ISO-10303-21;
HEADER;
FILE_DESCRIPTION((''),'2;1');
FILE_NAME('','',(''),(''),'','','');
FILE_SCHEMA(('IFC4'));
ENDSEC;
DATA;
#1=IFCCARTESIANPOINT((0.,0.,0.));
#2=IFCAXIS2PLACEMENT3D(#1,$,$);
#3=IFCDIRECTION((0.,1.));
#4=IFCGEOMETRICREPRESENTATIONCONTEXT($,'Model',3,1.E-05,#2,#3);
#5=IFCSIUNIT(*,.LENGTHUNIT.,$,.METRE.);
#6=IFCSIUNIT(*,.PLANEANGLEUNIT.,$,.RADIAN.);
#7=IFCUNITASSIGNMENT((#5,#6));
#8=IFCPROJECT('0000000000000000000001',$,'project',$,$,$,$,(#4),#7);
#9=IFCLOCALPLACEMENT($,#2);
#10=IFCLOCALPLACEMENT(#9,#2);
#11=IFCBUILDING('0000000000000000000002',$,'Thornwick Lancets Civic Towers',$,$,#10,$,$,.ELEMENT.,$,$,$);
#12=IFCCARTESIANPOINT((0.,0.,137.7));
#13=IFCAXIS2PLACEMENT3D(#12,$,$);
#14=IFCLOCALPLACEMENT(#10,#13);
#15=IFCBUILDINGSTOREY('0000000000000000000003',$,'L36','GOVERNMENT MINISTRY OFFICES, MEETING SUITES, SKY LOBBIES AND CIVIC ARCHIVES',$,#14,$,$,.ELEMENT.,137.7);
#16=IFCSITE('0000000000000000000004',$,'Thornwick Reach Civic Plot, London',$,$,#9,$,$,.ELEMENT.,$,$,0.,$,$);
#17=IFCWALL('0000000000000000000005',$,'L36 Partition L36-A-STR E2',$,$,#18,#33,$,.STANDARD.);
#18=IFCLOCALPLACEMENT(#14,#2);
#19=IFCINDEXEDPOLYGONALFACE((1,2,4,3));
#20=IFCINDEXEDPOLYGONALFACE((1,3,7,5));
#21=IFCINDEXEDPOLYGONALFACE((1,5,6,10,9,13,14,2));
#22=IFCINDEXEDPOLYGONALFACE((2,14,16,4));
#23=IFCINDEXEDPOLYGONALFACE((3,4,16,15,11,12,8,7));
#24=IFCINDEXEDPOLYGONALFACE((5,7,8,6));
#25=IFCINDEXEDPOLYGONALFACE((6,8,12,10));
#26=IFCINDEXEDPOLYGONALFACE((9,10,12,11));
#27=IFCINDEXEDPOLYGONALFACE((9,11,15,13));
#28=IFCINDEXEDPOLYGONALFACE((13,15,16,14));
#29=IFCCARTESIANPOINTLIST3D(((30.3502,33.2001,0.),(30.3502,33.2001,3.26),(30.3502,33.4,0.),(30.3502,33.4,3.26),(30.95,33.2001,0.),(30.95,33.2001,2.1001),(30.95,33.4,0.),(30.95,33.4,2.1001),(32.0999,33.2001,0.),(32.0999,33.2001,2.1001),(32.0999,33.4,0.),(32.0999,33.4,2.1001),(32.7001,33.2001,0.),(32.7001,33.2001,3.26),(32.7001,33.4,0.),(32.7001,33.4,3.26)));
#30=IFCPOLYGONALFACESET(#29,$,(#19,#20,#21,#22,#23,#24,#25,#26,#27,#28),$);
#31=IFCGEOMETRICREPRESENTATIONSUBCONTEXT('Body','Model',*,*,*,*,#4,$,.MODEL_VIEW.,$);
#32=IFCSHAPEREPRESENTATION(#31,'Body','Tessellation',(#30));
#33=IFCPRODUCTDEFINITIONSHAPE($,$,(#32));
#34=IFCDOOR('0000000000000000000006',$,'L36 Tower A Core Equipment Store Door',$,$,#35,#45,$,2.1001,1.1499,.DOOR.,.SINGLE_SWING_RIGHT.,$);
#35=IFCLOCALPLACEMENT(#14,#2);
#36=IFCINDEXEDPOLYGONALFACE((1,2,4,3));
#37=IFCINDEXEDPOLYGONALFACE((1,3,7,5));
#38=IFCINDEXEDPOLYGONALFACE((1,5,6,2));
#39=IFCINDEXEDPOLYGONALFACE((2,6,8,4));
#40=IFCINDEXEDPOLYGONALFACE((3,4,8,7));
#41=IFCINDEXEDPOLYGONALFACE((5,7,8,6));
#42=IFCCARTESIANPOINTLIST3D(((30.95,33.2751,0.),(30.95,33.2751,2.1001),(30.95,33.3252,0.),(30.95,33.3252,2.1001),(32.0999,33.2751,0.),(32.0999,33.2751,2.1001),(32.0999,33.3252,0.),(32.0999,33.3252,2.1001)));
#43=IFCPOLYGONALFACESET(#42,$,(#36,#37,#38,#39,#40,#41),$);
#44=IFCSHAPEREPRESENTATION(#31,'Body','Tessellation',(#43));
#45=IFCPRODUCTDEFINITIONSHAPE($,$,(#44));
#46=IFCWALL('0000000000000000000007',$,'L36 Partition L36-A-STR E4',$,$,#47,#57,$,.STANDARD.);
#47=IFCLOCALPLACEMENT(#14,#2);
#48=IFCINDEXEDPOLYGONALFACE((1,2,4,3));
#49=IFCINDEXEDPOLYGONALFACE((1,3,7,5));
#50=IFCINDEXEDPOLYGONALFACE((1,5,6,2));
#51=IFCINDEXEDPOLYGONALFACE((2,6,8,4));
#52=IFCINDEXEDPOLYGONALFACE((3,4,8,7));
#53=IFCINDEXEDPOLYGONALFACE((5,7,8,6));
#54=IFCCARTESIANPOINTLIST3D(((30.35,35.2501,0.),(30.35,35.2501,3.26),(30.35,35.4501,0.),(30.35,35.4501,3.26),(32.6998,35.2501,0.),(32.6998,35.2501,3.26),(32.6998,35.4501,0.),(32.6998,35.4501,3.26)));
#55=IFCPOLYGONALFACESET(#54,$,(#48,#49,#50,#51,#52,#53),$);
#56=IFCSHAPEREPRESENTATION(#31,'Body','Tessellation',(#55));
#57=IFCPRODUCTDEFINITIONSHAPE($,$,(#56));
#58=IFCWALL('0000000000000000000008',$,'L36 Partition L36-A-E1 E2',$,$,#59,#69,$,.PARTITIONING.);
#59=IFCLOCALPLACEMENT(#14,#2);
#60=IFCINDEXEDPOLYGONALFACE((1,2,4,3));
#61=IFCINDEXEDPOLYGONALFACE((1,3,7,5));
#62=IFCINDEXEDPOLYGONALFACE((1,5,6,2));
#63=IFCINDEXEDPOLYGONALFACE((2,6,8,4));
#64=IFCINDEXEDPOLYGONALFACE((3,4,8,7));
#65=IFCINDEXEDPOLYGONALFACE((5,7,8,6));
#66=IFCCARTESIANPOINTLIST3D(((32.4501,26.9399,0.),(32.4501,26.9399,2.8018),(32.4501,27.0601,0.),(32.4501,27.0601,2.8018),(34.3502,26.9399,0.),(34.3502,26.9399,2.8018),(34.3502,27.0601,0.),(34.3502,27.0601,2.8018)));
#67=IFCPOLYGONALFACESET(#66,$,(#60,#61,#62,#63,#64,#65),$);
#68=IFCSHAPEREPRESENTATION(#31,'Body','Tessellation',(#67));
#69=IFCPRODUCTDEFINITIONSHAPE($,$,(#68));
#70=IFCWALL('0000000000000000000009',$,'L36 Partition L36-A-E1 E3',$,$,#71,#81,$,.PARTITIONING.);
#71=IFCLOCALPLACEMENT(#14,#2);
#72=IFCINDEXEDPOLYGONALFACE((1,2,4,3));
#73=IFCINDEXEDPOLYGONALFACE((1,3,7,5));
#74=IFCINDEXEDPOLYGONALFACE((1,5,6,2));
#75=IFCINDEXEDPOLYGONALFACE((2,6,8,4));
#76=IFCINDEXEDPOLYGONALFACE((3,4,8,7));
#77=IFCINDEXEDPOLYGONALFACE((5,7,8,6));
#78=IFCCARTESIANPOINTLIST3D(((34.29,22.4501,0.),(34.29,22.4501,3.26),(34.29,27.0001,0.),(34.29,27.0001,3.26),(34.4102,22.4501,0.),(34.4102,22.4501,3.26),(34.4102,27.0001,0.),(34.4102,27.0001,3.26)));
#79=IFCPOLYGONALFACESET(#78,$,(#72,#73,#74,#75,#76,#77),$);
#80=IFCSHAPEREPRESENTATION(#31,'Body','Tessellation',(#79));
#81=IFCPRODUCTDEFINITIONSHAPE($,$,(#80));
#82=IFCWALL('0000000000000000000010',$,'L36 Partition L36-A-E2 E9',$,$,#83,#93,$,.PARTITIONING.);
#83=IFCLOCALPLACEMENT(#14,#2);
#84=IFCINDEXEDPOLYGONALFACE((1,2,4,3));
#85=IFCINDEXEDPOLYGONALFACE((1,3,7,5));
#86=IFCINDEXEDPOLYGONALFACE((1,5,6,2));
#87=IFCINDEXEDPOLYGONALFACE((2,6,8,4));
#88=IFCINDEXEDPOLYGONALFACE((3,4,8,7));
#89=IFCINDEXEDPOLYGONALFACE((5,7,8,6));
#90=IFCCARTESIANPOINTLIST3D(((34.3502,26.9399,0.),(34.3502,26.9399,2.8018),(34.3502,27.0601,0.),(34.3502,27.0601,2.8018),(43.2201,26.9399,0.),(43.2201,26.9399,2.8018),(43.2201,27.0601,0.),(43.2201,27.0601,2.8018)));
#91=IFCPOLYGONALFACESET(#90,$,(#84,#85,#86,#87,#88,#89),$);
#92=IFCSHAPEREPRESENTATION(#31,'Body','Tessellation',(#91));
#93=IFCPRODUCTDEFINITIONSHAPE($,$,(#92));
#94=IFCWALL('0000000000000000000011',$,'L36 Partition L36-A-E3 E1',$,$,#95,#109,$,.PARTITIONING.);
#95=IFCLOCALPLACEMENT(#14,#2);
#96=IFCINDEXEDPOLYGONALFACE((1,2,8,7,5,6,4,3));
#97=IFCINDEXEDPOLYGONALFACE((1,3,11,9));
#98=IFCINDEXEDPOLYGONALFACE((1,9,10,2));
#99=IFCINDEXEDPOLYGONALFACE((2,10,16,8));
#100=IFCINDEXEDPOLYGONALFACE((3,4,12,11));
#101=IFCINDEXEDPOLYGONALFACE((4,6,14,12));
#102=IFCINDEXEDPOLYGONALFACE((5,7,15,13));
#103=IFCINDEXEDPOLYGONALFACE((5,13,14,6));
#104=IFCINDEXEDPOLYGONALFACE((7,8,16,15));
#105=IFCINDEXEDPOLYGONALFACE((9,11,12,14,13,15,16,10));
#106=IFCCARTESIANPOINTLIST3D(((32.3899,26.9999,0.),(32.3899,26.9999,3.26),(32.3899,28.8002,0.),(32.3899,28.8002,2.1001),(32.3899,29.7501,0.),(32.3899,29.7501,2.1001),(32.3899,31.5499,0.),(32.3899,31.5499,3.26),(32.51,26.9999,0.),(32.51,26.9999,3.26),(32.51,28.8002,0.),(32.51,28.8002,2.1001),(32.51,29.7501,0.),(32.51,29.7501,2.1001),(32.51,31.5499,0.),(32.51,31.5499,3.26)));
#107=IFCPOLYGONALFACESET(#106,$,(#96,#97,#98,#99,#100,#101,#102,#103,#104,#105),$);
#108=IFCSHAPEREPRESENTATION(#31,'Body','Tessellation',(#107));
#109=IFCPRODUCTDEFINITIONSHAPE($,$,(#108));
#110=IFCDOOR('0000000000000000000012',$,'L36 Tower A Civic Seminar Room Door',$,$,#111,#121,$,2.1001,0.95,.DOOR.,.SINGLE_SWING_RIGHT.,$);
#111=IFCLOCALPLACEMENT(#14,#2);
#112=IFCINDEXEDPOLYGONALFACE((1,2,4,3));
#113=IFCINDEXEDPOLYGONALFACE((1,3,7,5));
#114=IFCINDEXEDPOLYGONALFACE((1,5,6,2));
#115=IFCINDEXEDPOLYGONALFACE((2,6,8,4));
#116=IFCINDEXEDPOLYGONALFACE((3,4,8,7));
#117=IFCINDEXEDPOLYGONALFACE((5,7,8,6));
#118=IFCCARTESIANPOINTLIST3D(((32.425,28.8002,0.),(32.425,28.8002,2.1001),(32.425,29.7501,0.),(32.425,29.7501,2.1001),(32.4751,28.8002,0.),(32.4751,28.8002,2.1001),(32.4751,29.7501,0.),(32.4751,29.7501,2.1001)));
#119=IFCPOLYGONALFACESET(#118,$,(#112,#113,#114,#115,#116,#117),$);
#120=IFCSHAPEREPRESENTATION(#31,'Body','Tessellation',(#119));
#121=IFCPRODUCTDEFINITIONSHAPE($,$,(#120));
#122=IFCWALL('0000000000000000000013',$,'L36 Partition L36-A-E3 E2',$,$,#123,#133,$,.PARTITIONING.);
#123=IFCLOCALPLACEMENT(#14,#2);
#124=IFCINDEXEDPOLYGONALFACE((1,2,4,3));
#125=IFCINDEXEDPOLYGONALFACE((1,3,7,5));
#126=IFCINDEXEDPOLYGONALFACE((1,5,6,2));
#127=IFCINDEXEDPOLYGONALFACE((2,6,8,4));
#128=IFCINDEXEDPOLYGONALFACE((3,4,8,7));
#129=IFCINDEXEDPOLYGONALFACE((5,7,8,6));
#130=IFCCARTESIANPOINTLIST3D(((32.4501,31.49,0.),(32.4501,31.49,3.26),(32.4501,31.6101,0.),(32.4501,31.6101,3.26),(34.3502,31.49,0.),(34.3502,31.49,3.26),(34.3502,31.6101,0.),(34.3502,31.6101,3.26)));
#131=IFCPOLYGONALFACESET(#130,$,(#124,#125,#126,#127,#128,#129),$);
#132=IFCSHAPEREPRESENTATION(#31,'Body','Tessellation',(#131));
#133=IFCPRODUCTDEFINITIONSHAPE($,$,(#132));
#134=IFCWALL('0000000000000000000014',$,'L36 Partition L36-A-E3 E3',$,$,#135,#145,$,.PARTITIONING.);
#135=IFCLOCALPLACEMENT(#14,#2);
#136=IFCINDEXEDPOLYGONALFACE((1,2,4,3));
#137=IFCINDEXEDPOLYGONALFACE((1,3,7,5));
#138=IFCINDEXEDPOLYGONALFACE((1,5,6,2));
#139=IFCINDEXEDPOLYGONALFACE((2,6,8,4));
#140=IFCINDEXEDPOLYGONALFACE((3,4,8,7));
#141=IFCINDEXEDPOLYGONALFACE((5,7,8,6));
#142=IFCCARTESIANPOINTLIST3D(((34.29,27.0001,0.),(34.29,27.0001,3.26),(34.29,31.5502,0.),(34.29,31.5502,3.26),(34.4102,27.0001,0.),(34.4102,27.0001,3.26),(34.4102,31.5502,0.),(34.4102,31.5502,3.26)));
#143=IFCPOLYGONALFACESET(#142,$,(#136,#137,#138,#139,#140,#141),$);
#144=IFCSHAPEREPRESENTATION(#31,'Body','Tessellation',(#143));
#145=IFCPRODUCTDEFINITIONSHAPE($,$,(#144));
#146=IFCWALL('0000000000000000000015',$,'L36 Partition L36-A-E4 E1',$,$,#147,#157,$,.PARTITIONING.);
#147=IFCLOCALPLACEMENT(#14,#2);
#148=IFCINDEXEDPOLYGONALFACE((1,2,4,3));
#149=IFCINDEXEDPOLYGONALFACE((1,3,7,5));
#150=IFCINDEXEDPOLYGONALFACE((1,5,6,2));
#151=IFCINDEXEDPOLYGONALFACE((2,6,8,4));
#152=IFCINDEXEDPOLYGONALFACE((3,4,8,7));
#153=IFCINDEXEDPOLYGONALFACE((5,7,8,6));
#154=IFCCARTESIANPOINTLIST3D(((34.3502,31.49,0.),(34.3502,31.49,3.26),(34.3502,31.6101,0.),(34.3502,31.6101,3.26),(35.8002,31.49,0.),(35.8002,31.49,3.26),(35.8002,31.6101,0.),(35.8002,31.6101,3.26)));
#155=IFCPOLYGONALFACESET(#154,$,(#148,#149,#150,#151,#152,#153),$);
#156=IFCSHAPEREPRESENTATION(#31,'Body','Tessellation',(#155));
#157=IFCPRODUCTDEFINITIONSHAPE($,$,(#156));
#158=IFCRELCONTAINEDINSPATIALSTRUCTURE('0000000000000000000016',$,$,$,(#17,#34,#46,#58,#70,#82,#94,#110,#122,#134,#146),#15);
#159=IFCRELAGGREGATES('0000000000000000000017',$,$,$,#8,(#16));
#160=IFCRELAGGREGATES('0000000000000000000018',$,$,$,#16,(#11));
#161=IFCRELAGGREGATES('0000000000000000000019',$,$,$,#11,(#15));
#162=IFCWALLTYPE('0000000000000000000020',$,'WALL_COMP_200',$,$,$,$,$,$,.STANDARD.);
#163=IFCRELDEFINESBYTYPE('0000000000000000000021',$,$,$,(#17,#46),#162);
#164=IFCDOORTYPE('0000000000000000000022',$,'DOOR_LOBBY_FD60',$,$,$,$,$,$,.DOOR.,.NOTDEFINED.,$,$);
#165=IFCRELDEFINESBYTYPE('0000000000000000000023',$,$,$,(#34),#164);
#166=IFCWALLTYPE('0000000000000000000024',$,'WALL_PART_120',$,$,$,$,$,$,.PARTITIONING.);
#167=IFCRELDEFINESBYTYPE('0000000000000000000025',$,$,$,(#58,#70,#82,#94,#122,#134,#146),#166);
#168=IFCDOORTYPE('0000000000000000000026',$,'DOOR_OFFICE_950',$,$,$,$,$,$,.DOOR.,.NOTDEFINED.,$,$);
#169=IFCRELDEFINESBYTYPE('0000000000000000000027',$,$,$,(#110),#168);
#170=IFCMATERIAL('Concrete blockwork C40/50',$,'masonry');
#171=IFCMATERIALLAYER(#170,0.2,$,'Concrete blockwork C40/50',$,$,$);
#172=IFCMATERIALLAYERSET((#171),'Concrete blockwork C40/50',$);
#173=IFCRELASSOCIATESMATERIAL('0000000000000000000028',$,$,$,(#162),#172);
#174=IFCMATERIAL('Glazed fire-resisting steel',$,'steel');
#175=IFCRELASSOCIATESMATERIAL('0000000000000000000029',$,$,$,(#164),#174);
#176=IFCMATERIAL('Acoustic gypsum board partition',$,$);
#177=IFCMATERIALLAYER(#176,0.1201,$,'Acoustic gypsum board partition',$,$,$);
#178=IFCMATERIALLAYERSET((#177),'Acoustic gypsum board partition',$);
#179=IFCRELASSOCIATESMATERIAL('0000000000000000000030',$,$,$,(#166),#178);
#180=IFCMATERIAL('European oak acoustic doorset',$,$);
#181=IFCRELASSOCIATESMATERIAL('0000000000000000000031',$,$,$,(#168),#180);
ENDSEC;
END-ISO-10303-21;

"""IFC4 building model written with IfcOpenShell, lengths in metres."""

from ifc_helpers import new_model, si_unit, direction, frame, frame_2d, origin, place, context, subcontext, project, spatial, rectangle, extrude, material, layer, layer_set, type_object, element, fill, save


model = new_model("IFC4")

# Units and contexts
model_context = context("Model", 3, precision=1e-05, world=origin(), true_north=direction((0.0, 1.0)))
body_context = subcontext(model_context, "Body", "Model", "MODEL_VIEW")
ifc_project = project(units=[si_unit("LENGTHUNIT", "METRE"), si_unit("PLANEANGLEUNIT", "RADIAN")], contexts=[model_context])

# Site, building, storey
site_placement = place(None, origin())
site = spatial("IfcSite", under=ifc_project, at=site_placement, Name="Thornwick Reach Civic Plot, London", CompositionType="ELEMENT", RefElevation=0.0)
building_placement = place(site_placement, origin())
building = spatial("IfcBuilding", under=site, at=building_placement, Name="Thornwick Lancets Civic Towers", CompositionType="ELEMENT")
storey_placement = place(building_placement, frame((0.0, 0.0, 137.7)))
storey = spatial("IfcBuildingStorey", under=building, at=storey_placement, Name="L36", Description="GOVERNMENT MINISTRY OFFICES, MEETING SUITES, SKY LOBBIES AND CIVIC ARCHIVES", CompositionType="ELEMENT", Elevation=137.7)

# Shared definitions
ifc_material_1 = material(Name="Concrete blockwork C40/50", Category="masonry")
ifc_layer_1 = layer(ifc_material_1, 0.2, Name="Concrete blockwork C40/50")
ifc_layer_set_1 = layer_set([ifc_layer_1], Name="Concrete blockwork C40/50")
wall_type_1 = type_object("IfcWallType", Name="WALL_COMP_200", PredefinedType="STANDARD", material=ifc_layer_set_1)
ifc_material_2 = material(Name="Glazed fire-resisting steel", Category="steel")
door_type_1 = type_object("IfcDoorType", Name="DOOR_LOBBY_FD60", OperationType="NOTDEFINED", PredefinedType="DOOR", material=ifc_material_2)

# Wall, opening, door
wall_1_placement = place(storey_placement, frame((32.7, 33.3, 0.0), z_axis=(0.0, 0.0, 1.0), x_axis=(-1.0, 0.0, 0.0)))
wall_1 = element("IfcWall", 1, at=wall_1_placement, inside=storey, type_object=wall_type_1, Name="L36 Partition L36-A-STR E2", PredefinedType="STANDARD", context=body_context, shape_type="SweptSolid", body=[
    extrude(rectangle(XDim=2.3499, YDim=0.2, at=frame_2d((1.1748, 0.0))), origin(), (0.0, 0.0, 1.0), 3.26),
])
opening_1_placement = place(wall_1_placement, frame((0.6001, 0.0, 0.0)))
opening_1 = element("IfcOpeningElement", 2, at=opening_1_placement, cuts=wall_1, PredefinedType="OPENING", context=body_context, shape_type="SweptSolid", body=[
    extrude(rectangle(XDim=1.1499, YDim=2.1001, at=frame_2d((0.575, 1.05))), frame((0.0, 0.1099, 0.0), z_axis=(0.0, -1.0, 0.0), x_axis=(1.0, 0.0, 0.0)), (0.0, 0.0, 1.0), 0.22),
])
door_1_placement = place(opening_1_placement, origin())
door_1 = element("IfcDoor", 3, at=door_1_placement, inside=storey, type_object=door_type_1, Name="L36 Tower A Core Equipment Store Door", OperationType="SINGLE_SWING_RIGHT", OverallHeight=2.1001, OverallWidth=1.1499, PredefinedType="DOOR", context=body_context, shape_type="SweptSolid", body=[
    extrude(rectangle(XDim=1.1499, YDim=2.1001, at=frame_2d((0.575, 1.05))), frame((0.0, 0.0249, 0.0), z_axis=(0.0, -1.0, 0.0), x_axis=(1.0, 0.0, 0.0)), (0.0, 0.0, 1.0), 0.05),
])
fill(opening_1, door_1)

# Walls
wall_2_placement = place(storey_placement, frame((30.3501, 35.3501, 0.0), z_axis=(0.0, 0.0, 1.0), x_axis=(1.0, 0.0, 0.0)))
element("IfcWall", 4, at=wall_2_placement, inside=storey, type_object=wall_type_1, Name="L36 Partition L36-A-STR E4", PredefinedType="STANDARD", context=body_context, shape_type="SweptSolid", body=[
    extrude(rectangle(XDim=2.3499, YDim=0.2, at=frame_2d((1.1748, 0.0))), origin(), (0.0, 0.0, 1.0), 3.26),
])
ifc_material_3 = material(Name="Acoustic gypsum board partition")
ifc_layer_2 = layer(ifc_material_3, 0.1201, Name="Acoustic gypsum board partition")
ifc_layer_set_2 = layer_set([ifc_layer_2], Name="Acoustic gypsum board partition")
wall_type_2 = type_object("IfcWallType", Name="WALL_PART_120", PredefinedType="PARTITIONING", material=ifc_layer_set_2)
wall_3_placement = place(storey_placement, frame((32.45, 27.0, 0.0), z_axis=(0.0, 0.0, 1.0), x_axis=(1.0, 0.0, 0.0)))
element("IfcWall", 5, at=wall_3_placement, inside=storey, type_object=wall_type_2, Name="L36 Partition L36-A-E1 E2", PredefinedType="PARTITIONING", context=body_context, shape_type="SweptSolid", body=[
    extrude(rectangle(XDim=1.9001, YDim=0.1201, at=frame_2d((0.9502, 0.0))), origin(), (0.0, 0.0, 1.0), 2.8018),
])
wall_4_placement = place(storey_placement, frame((34.3501, 27.0, 0.0), z_axis=(0.0, 0.0, 1.0), x_axis=(0.0, -1.0, 0.0)))
element("IfcWall", 6, at=wall_4_placement, inside=storey, type_object=wall_type_2, Name="L36 Partition L36-A-E1 E3", PredefinedType="PARTITIONING", context=body_context, shape_type="SweptSolid", body=[
    extrude(rectangle(XDim=4.55, YDim=0.1201, at=frame_2d((2.2749, 0.0))), origin(), (0.0, 0.0, 1.0), 3.26),
])
wall_5_placement = place(storey_placement, frame((34.3501, 27.0, 0.0), z_axis=(0.0, 0.0, 1.0), x_axis=(1.0, 0.0, 0.0)))
element("IfcWall", 7, at=wall_5_placement, inside=storey, type_object=wall_type_2, Name="L36 Partition L36-A-E2 E9", PredefinedType="PARTITIONING", context=body_context, shape_type="SweptSolid", body=[
    extrude(rectangle(XDim=8.8699, YDim=0.1201, at=frame_2d((4.4351, 0.0))), origin(), (0.0, 0.0, 1.0), 2.8018),
])

# Wall, opening, door
wall_6_placement = place(storey_placement, frame((32.45, 27.0, 0.0), z_axis=(0.0, 0.0, 1.0), x_axis=(0.0, 1.0, 0.0)))
wall_6 = element("IfcWall", 8, at=wall_6_placement, inside=storey, type_object=wall_type_2, Name="L36 Partition L36-A-E3 E1", PredefinedType="PARTITIONING", context=body_context, shape_type="SweptSolid", body=[
    extrude(rectangle(XDim=4.55, YDim=0.1201, at=frame_2d((2.2749, 0.0))), origin(), (0.0, 0.0, 1.0), 3.26),
])
opening_2_placement = place(wall_6_placement, frame((1.8, 0.0, 0.0)))
opening_2 = element("IfcOpeningElement", 9, at=opening_2_placement, cuts=wall_6, PredefinedType="OPENING", context=body_context, shape_type="SweptSolid", body=[
    extrude(rectangle(XDim=0.95, YDim=2.1001, at=frame_2d((0.4751, 1.05))), frame((0.0, 0.0701, 0.0), z_axis=(0.0, -1.0, 0.0), x_axis=(1.0, 0.0, 0.0)), (0.0, 0.0, 1.0), 0.1401),
])
ifc_material_4 = material(Name="European oak acoustic doorset")
door_type_2 = type_object("IfcDoorType", Name="DOOR_OFFICE_950", OperationType="NOTDEFINED", PredefinedType="DOOR", material=ifc_material_4)
door_2_placement = place(opening_2_placement, origin())
door_2 = element("IfcDoor", 10, at=door_2_placement, inside=storey, type_object=door_type_2, Name="L36 Tower A Civic Seminar Room Door", OperationType="SINGLE_SWING_RIGHT", OverallHeight=2.1001, OverallWidth=0.95, PredefinedType="DOOR", context=body_context, shape_type="SweptSolid", body=[
    extrude(rectangle(XDim=0.95, YDim=2.1001, at=frame_2d((0.4751, 1.05))), frame((0.0, 0.0249, 0.0), z_axis=(0.0, -1.0, 0.0), x_axis=(1.0, 0.0, 0.0)), (0.0, 0.0, 1.0), 0.05),
])
fill(opening_2, door_2)

# Walls
wall_7_placement = place(storey_placement, frame((32.45, 31.55, 0.0), z_axis=(0.0, 0.0, 1.0), x_axis=(1.0, 0.0, 0.0)))
element("IfcWall", 11, at=wall_7_placement, inside=storey, type_object=wall_type_2, Name="L36 Partition L36-A-E3 E2", PredefinedType="PARTITIONING", context=body_context, shape_type="SweptSolid", body=[
    extrude(rectangle(XDim=1.9001, YDim=0.1201, at=frame_2d((0.9502, 0.0))), origin(), (0.0, 0.0, 1.0), 3.26),
])
wall_8_placement = place(storey_placement, frame((34.3501, 31.55, 0.0), z_axis=(0.0, 0.0, 1.0), x_axis=(0.0, -1.0, 0.0)))
element("IfcWall", 12, at=wall_8_placement, inside=storey, type_object=wall_type_2, Name="L36 Partition L36-A-E3 E3", PredefinedType="PARTITIONING", context=body_context, shape_type="SweptSolid", body=[
    extrude(rectangle(XDim=4.55, YDim=0.1201, at=frame_2d((2.2749, 0.0))), origin(), (0.0, 0.0, 1.0), 3.26),
])
wall_9_placement = place(storey_placement, frame((34.3501, 31.55, 0.0), z_axis=(0.0, 0.0, 1.0), x_axis=(1.0, 0.0, 0.0)))
element("IfcWall", 13, at=wall_9_placement, inside=storey, type_object=wall_type_2, Name="L36 Partition L36-A-E4 E1", PredefinedType="PARTITIONING", context=body_context, shape_type="SweptSolid", body=[
    extrude(rectangle(XDim=1.45, YDim=0.1201, at=frame_2d((0.7251, 0.0))), origin(), (0.0, 0.0, 1.0), 3.26),
])

save(model, "model.ifc")
